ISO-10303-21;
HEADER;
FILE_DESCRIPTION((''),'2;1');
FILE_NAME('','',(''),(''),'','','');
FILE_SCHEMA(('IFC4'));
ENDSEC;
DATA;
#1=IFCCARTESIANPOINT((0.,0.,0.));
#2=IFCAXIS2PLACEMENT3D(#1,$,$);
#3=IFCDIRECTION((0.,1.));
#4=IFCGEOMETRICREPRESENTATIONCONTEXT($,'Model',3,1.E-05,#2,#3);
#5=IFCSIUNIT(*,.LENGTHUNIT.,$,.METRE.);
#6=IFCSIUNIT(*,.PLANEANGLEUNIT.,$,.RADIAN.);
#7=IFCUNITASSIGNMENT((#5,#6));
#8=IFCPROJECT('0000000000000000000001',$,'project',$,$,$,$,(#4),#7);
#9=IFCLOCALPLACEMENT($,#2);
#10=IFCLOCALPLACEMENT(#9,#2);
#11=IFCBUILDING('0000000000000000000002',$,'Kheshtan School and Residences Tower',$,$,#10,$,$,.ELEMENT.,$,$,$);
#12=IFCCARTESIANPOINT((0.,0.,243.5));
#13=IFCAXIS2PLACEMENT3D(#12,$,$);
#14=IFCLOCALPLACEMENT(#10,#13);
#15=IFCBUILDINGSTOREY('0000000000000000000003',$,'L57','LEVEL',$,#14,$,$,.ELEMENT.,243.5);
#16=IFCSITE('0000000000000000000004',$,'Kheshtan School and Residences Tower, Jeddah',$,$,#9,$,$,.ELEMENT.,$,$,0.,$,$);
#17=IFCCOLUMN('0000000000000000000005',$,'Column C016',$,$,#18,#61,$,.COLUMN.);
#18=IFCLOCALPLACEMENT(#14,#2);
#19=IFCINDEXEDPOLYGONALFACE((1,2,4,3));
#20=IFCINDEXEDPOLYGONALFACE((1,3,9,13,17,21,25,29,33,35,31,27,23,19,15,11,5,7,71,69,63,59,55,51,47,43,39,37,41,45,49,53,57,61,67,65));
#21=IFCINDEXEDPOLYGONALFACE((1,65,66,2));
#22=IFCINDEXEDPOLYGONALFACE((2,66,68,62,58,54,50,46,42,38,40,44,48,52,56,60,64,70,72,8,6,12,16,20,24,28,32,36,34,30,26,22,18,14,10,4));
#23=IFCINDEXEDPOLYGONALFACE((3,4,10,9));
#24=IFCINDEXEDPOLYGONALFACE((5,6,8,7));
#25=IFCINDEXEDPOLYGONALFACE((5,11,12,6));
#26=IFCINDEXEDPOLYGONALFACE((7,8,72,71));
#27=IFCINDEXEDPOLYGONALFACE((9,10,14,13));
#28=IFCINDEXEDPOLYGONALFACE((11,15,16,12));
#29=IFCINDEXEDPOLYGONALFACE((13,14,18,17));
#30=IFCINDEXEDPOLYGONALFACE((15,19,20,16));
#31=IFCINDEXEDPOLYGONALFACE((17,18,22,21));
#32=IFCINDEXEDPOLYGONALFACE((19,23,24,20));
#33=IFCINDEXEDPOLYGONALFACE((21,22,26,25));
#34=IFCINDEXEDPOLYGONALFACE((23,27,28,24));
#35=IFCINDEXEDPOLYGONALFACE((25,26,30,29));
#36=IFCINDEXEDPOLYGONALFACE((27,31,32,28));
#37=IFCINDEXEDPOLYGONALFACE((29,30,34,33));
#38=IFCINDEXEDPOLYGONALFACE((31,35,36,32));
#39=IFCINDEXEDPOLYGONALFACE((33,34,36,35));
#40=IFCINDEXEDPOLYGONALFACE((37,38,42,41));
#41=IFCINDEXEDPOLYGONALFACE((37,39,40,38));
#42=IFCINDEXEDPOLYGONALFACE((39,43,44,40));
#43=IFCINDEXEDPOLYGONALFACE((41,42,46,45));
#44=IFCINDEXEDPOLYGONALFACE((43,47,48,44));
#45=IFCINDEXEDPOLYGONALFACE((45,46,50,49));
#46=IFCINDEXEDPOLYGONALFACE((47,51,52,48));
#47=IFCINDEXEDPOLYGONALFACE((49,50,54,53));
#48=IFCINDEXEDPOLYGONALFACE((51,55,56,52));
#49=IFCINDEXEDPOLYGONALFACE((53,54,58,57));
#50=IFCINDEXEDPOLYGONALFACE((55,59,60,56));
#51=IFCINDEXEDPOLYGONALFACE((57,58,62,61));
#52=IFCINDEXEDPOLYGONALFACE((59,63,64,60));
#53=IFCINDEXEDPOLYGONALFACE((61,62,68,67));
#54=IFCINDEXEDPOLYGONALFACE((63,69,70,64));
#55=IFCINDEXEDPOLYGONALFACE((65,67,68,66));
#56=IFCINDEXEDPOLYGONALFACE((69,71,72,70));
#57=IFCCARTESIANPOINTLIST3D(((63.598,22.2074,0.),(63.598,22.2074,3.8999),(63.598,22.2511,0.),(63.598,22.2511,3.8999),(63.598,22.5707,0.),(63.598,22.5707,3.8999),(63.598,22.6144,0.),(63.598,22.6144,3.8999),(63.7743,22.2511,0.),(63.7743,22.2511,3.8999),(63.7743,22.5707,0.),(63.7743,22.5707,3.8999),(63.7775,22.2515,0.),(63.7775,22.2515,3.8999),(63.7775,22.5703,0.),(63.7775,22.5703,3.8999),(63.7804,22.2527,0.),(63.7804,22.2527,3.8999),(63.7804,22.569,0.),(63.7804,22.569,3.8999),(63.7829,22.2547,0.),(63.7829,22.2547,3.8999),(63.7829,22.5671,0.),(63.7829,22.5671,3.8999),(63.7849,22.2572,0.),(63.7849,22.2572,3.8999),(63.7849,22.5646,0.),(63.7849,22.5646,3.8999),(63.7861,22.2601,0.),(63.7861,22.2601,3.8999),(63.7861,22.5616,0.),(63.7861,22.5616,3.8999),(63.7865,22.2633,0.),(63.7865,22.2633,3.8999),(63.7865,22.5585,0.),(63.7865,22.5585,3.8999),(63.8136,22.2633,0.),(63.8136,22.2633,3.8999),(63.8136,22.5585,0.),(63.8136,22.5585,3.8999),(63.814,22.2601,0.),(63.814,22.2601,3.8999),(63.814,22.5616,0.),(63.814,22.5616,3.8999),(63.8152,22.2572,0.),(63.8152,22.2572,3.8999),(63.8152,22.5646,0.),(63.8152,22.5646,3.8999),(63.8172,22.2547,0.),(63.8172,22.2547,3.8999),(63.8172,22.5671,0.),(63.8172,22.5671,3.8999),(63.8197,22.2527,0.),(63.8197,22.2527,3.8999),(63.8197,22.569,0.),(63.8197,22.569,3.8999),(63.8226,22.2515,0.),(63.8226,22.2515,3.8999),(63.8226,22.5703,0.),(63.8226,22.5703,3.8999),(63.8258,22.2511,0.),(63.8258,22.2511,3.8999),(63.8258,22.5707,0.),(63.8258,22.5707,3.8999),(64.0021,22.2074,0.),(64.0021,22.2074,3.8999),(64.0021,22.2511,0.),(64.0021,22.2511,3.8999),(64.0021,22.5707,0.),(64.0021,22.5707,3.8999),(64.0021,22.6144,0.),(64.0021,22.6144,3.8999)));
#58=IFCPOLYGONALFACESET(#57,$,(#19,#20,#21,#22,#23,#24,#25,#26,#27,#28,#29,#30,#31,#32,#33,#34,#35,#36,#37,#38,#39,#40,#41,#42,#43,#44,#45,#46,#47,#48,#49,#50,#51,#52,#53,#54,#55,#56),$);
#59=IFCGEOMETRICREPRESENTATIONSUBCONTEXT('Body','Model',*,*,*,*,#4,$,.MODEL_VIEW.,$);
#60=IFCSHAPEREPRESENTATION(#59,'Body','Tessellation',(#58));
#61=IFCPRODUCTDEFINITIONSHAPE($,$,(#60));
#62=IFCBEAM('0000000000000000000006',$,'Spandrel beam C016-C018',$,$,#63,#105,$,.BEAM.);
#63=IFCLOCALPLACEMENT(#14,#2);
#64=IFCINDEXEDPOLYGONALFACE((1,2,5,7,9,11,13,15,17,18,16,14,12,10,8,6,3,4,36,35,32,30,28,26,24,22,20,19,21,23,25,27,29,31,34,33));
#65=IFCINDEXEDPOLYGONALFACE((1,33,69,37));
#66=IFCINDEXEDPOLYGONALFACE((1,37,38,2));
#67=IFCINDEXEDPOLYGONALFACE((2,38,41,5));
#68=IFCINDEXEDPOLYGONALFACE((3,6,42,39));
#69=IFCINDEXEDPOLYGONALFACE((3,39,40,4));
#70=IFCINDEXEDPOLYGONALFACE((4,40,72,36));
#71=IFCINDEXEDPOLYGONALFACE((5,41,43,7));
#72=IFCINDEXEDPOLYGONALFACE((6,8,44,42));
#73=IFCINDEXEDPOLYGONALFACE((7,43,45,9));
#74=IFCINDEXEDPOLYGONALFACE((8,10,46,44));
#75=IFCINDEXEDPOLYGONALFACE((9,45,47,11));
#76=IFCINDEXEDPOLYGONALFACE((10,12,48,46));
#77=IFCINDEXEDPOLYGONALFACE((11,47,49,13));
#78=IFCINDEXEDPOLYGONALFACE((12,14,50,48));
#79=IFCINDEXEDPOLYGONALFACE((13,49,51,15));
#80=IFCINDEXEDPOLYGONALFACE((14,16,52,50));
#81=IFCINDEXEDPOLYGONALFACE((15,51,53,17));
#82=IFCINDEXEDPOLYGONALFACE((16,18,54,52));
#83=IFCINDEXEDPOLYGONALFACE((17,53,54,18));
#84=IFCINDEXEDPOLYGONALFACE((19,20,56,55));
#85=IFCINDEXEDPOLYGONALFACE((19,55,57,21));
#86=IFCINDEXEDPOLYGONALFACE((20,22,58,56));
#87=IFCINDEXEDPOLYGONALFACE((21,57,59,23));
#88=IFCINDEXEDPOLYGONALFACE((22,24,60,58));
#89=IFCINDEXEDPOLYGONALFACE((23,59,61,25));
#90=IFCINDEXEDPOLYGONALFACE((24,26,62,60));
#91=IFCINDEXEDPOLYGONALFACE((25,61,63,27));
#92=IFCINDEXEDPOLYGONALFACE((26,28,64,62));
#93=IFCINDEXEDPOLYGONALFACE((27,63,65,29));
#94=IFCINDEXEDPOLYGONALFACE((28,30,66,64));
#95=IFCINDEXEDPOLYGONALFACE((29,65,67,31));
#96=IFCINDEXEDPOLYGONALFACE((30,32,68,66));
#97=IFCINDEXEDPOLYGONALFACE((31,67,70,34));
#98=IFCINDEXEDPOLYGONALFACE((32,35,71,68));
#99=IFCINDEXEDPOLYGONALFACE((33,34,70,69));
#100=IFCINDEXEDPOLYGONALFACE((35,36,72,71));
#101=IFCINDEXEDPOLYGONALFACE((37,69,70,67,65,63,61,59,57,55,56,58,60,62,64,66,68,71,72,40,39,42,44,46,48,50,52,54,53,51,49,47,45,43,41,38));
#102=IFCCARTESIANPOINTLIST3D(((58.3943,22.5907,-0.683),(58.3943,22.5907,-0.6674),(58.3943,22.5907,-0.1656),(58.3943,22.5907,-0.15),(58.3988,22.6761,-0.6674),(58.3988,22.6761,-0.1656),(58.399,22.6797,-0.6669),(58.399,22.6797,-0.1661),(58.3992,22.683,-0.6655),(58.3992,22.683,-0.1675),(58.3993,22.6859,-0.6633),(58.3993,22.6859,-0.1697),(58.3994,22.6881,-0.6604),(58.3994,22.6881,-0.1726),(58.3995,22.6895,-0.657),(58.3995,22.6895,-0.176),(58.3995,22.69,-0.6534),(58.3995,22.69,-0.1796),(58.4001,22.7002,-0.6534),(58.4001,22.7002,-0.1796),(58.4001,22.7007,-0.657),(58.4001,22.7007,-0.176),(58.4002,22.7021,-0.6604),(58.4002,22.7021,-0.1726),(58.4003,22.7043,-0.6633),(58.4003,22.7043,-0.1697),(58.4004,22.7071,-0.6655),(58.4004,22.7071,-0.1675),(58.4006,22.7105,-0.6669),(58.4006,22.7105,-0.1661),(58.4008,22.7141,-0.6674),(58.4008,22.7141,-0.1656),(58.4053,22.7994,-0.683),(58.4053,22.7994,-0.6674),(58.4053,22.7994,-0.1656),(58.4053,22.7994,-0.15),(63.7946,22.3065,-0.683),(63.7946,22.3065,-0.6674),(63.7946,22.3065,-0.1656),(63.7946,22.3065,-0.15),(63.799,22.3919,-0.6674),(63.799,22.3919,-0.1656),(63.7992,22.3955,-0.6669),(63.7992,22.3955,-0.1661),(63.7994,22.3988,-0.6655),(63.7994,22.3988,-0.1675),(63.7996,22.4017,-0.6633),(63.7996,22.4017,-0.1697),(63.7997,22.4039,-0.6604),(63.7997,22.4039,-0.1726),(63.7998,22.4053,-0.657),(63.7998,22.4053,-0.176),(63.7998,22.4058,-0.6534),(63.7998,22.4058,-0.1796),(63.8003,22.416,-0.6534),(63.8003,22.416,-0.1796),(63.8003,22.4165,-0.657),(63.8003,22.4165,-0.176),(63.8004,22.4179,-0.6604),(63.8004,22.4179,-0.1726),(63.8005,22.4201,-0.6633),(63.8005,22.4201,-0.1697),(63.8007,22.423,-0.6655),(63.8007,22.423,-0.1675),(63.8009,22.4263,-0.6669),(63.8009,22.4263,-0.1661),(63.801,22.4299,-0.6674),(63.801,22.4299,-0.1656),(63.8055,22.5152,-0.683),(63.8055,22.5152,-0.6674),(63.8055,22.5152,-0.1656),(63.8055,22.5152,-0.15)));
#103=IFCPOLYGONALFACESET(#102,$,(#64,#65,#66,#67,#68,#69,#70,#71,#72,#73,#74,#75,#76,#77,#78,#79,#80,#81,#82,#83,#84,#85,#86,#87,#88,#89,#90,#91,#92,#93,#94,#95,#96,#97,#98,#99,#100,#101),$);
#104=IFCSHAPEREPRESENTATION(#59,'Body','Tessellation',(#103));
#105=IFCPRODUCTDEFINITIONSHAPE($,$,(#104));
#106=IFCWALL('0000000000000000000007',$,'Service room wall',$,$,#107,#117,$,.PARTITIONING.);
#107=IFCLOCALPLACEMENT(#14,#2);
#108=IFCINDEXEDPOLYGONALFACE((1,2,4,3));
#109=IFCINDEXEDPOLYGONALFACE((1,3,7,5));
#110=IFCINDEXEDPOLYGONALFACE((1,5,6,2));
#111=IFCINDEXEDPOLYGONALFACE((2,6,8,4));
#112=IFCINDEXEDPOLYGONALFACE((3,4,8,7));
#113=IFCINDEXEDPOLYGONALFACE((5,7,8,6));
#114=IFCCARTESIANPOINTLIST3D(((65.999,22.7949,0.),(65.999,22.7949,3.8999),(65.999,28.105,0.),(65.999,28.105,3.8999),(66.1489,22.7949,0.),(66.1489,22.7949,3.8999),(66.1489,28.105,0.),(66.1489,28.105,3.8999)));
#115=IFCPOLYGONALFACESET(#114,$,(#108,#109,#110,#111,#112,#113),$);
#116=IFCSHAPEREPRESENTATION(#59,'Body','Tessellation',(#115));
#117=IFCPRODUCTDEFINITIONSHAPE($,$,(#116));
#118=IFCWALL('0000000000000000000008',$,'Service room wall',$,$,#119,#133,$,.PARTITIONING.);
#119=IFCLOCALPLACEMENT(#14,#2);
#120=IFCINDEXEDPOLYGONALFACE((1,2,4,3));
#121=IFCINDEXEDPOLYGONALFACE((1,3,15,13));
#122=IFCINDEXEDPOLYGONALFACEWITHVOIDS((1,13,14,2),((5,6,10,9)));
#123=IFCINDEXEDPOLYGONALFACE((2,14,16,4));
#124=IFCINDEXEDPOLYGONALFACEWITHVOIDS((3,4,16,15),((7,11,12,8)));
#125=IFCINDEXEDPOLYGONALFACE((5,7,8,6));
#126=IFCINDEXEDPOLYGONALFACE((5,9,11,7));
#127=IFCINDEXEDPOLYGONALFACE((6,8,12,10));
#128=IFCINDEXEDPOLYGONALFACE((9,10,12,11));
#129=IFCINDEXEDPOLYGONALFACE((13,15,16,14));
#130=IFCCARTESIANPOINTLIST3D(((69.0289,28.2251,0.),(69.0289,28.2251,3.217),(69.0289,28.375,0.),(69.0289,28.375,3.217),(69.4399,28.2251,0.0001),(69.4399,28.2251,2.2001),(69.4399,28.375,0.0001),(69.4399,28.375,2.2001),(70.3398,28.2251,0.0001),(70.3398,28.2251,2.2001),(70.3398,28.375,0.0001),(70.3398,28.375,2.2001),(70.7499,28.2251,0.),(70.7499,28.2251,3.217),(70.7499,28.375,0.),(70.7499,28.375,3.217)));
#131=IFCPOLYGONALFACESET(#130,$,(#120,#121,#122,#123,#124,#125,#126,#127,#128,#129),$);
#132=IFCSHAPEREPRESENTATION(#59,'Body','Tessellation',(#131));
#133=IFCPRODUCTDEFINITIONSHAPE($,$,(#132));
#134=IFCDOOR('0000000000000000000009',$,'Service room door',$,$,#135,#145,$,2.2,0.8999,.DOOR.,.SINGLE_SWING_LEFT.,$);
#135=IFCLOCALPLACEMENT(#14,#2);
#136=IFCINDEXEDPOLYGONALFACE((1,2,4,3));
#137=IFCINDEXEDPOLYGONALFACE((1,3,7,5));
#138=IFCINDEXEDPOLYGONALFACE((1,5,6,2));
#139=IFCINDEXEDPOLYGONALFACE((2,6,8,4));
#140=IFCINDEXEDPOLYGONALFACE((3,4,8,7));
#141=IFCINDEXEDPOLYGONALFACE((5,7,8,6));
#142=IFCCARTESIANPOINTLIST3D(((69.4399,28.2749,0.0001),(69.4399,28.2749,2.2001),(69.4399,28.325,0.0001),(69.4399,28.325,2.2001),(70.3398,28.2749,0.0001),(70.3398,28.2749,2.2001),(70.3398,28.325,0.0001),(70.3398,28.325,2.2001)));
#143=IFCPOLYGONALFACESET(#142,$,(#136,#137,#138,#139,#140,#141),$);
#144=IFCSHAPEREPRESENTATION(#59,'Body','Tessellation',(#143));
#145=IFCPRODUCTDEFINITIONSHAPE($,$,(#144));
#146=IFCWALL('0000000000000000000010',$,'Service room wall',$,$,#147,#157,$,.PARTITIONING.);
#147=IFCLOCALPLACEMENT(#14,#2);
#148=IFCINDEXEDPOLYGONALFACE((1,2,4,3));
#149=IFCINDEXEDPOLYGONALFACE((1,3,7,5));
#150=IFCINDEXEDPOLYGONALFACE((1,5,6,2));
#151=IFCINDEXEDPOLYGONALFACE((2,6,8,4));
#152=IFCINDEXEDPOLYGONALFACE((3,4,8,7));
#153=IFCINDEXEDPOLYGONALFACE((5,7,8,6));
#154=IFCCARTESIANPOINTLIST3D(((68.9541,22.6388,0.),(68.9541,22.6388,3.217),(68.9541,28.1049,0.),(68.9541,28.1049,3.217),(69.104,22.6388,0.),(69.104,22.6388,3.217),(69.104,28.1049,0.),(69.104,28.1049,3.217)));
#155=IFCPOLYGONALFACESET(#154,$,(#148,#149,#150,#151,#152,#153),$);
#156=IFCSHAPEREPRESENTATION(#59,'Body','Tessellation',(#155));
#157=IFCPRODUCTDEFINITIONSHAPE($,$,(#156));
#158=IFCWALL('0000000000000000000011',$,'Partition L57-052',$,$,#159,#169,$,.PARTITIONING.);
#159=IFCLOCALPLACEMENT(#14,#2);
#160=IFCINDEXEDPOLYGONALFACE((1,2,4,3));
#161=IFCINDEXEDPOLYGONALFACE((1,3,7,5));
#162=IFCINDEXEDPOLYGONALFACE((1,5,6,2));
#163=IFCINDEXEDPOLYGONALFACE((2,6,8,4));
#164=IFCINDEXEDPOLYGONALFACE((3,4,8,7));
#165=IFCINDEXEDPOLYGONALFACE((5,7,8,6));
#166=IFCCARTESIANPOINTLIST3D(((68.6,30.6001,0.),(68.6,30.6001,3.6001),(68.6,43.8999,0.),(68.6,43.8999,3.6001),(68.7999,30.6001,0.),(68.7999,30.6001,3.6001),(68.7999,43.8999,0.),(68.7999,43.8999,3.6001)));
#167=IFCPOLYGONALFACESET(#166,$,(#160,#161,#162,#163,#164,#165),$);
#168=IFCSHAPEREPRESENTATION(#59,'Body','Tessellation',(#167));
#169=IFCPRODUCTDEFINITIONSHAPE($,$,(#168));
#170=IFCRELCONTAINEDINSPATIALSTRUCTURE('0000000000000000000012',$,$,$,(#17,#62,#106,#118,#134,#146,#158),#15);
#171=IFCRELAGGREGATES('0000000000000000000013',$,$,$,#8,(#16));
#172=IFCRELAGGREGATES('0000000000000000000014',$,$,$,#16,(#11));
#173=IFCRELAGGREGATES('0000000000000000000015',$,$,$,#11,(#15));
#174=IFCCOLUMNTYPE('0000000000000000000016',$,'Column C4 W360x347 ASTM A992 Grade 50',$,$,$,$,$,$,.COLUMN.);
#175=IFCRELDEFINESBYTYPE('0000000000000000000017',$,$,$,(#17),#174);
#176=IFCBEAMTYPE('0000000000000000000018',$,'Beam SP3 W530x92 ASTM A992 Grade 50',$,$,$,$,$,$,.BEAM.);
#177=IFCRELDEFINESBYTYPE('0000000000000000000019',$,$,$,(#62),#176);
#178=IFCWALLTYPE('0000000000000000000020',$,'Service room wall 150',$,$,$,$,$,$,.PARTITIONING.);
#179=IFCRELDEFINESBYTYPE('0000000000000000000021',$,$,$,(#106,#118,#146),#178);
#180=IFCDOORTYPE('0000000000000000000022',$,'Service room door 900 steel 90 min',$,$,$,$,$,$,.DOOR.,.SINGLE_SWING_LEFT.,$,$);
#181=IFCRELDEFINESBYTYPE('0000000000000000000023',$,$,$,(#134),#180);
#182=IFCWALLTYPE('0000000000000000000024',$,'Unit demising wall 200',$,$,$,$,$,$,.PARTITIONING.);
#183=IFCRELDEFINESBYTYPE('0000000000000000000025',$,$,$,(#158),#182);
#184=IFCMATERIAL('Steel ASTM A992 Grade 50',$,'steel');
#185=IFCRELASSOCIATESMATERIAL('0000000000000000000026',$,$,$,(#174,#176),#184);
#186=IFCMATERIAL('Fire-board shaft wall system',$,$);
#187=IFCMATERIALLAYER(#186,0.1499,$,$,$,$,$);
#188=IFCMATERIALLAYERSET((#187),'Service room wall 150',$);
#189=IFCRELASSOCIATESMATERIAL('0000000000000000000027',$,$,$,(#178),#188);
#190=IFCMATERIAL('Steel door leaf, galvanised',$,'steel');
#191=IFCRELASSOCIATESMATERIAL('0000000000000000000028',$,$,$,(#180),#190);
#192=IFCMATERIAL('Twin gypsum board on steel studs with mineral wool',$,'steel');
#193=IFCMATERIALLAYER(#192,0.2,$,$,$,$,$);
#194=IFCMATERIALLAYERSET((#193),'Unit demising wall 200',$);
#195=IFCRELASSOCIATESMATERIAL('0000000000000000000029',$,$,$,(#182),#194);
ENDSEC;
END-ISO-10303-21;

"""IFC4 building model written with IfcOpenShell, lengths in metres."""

from ifc_helpers import new_model, si_unit, direction, frame, frame_2d, origin, origin_2d, place, context, subcontext, project, spatial, rectangle, i_section, extrude, source, transform, mapped, material, layer, layer_set, material_profile, profile_set, type_object, element, fill, save


model = new_model("IFC4")

# Units and contexts
model_context = context("Model", 3, precision=1e-05, world=origin(), true_north=direction((0.0, 1.0)))
body_context = subcontext(model_context, "Body", "Model", "MODEL_VIEW")
ifc_project = project(units=[si_unit("LENGTHUNIT", "METRE"), si_unit("PLANEANGLEUNIT", "RADIAN")], contexts=[model_context])

# Site, building, storey
site_placement = place(None, origin())
site = spatial("IfcSite", under=ifc_project, at=site_placement, Name="Kheshtan School and Residences Tower, Jeddah", CompositionType="ELEMENT", RefElevation=0.0)
building_placement = place(site_placement, origin())
building = spatial("IfcBuilding", under=site, at=building_placement, Name="Kheshtan School and Residences Tower", CompositionType="ELEMENT")
storey_placement = place(building_placement, frame((0.0, 0.0, 243.5)))
storey = spatial("IfcBuildingStorey", under=building, at=storey_placement, Name="L57", Description="LEVEL", CompositionType="ELEMENT", Elevation=243.5)

# Column
ifc_material_1 = material(Name="Steel ASTM A992 Grade 50", Category="steel")
ifc_material_profile_1 = material_profile(ifc_material_1, i_section(OverallWidth=0.4041, OverallDepth=0.407, WebThickness=0.0271, FlangeThickness=0.0437, FilletRadius=0.0122, at=origin_2d()), Name="W360x347")
ifc_profile_set_1 = profile_set([ifc_material_profile_1], Name="Steel ASTM A992 Grade 50")
column_type = type_object("IfcColumnType", Name="Column C4 W360x347 ASTM A992 Grade 50", PredefinedType="COLUMN", material=ifc_profile_set_1)
column_placement = place(storey_placement, frame((63.8, 22.4109, 0.0), z_axis=(0.0, 0.0, 1.0), x_axis=(1.0, 0.0, 0.0)))
element("IfcColumn", 1, at=column_placement, inside=storey, type_object=column_type, Name="Column C016", PredefinedType="COLUMN", context=body_context, shape_type="SweptSolid", body=[
    extrude(i_section(OverallWidth=0.4041, OverallDepth=0.407, WebThickness=0.0271, FlangeThickness=0.0437, FilletRadius=0.0122, at=origin_2d()), origin(), (0.0, 0.0, 1.0), 3.8999),
])

# Beam
ifc_material_profile_2 = material_profile(ifc_material_1, i_section(OverallWidth=0.209, OverallDepth=0.533, WebThickness=0.0103, FlangeThickness=0.0156, FilletRadius=0.0139, at=origin_2d()), Name="W530x92")
ifc_profile_set_2 = profile_set([ifc_material_profile_2], Name="Steel ASTM A992 Grade 50")
beam_type = type_object("IfcBeamType", Name="Beam SP3 W530x92 ASTM A992 Grade 50", PredefinedType="BEAM", material=ifc_profile_set_2)
beam_placement = place(storey_placement, frame((63.8, 22.4109, -0.4165), z_axis=(-0.998618, 0.052552, 0.0), x_axis=(-0.052552, -0.998618, 0.0)))
element("IfcBeam", 2, at=beam_placement, inside=storey, type_object=beam_type, Name="Spandrel beam C016-C018", PredefinedType="BEAM", context=body_context, shape_type="SweptSolid", body=[
    extrude(i_section(OverallWidth=0.209, OverallDepth=0.533, WebThickness=0.0103, FlangeThickness=0.0156, FilletRadius=0.0139, at=origin_2d()), origin(), (0.0, 0.0, 1.0), 5.4077),
])

# Wall
ifc_material_2 = material(Name="Fire-board shaft wall system")
ifc_layer_1 = layer(ifc_material_2, 0.1499)
ifc_layer_set_1 = layer_set([ifc_layer_1], Name="Service room wall 150")
wall_type_1 = type_object("IfcWallType", Name="Service room wall 150", PredefinedType="PARTITIONING", material=ifc_layer_set_1)
wall_1_placement = place(storey_placement, frame((66.074, 22.7949, 0.0), z_axis=(0.0, 0.0, 1.0), x_axis=(0.0, 1.0, 0.0)))
element("IfcWall", 3, at=wall_1_placement, inside=storey, type_object=wall_type_1, Name="Service room wall", PredefinedType="PARTITIONING", context=body_context, shape_type="SweptSolid", body=[
    extrude(rectangle(XDim=5.3101, YDim=0.1499, at=frame_2d((2.655, 0.0))), origin(), (0.0, 0.0, 1.0), 3.8999),
])

# Wall, opening, door
wall_2_placement = place(storey_placement, frame((69.0291, 28.3, 0.0), z_axis=(0.0, 0.0, 1.0), x_axis=(1.0, 0.0, 0.0)))
wall_2 = element("IfcWall", 4, at=wall_2_placement, inside=storey, type_object=wall_type_1, Name="Service room wall", PredefinedType="PARTITIONING", context=body_context, shape_type="SweptSolid", body=[
    extrude(rectangle(XDim=1.7209, YDim=0.1499, at=frame_2d((0.8604, 0.0))), origin(), (0.0, 0.0, 1.0), 3.217),
])
opening_1_placement = place(wall_2_placement, frame((0.4109, 0.0, 0.0)))
opening_1 = element("IfcOpeningElement", 5, at=opening_1_placement, cuts=wall_2, PredefinedType="OPENING", context=body_context, shape_type="SweptSolid", body=[
    extrude(rectangle(XDim=0.8999, YDim=2.2, at=frame_2d((0.45, 1.1001))), frame((0.0, 0.085, 0.0), z_axis=(0.0, -1.0, 0.0), x_axis=(1.0, 0.0, 0.0)), (0.0, 0.0, 1.0), 0.1699),
])
ifc_material_3 = material(Name="Steel door leaf, galvanised", Category="steel")
door_type_1 = type_object("IfcDoorType", Name="Service room door 900 steel 90 min", OperationType="SINGLE_SWING_LEFT", PredefinedType="DOOR", material=ifc_material_3)
shared_shape_1 = source(origin(), body_context, "Body", "SweptSolid", [
    extrude(rectangle(XDim=0.8999, YDim=2.2, at=frame_2d((0.45, 1.1001))), frame((0.0, 0.0249, 0.0), z_axis=(0.0, -1.0, 0.0), x_axis=(1.0, 0.0, 0.0)), (0.0, 0.0, 1.0), 0.05),
])
door_1_placement = place(opening_1_placement, origin())
door_1 = element("IfcDoor", 6, at=door_1_placement, inside=storey, type_object=door_type_1, Name="Service room door", OperationType="SINGLE_SWING_LEFT", OverallHeight=2.2, OverallWidth=0.8999, PredefinedType="DOOR", context=body_context, shape_type="MappedRepresentation", body=[
    mapped(shared_shape_1, transform((0.0, 0.0, 0.0), x_axis=(1.0, 0.0, 0.0), y_axis=(0.0, 1.0, 0.0), z_axis=(0.0, 0.0, 1.0), scale=1.0)),
])
fill(opening_1, door_1)

# Walls
wall_3_placement = place(storey_placement, frame((69.0291, 22.6389, 0.0), z_axis=(0.0, 0.0, 1.0), x_axis=(0.0, 1.0, 0.0)))
element("IfcWall", 7, at=wall_3_placement, inside=storey, type_object=wall_type_1, Name="Service room wall", PredefinedType="PARTITIONING", context=body_context, shape_type="SweptSolid", body=[
    extrude(rectangle(XDim=5.4661, YDim=0.1499, at=frame_2d((2.7329, 0.0))), origin(), (0.0, 0.0, 1.0), 3.217),
])
ifc_material_4 = material(Name="Twin gypsum board on steel studs with mineral wool", Category="steel")
ifc_layer_2 = layer(ifc_material_4, 0.2)
ifc_layer_set_2 = layer_set([ifc_layer_2], Name="Unit demising wall 200")
wall_type_2 = type_object("IfcWallType", Name="Unit demising wall 200", PredefinedType="PARTITIONING", material=ifc_layer_set_2)
wall_4_placement = place(storey_placement, frame((68.7, 30.6001, 0.0), z_axis=(0.0, 0.0, 1.0), x_axis=(0.0, 1.0, 0.0)))
element("IfcWall", 8, at=wall_4_placement, inside=storey, type_object=wall_type_2, Name="Partition L57-052", PredefinedType="PARTITIONING", context=body_context, shape_type="SweptSolid", body=[
    extrude(rectangle(XDim=13.2998, YDim=0.2, at=frame_2d((6.6499, 0.0))), origin(), (0.0, 0.0, 1.0), 3.6001),
])

save(model, "model.ifc")
